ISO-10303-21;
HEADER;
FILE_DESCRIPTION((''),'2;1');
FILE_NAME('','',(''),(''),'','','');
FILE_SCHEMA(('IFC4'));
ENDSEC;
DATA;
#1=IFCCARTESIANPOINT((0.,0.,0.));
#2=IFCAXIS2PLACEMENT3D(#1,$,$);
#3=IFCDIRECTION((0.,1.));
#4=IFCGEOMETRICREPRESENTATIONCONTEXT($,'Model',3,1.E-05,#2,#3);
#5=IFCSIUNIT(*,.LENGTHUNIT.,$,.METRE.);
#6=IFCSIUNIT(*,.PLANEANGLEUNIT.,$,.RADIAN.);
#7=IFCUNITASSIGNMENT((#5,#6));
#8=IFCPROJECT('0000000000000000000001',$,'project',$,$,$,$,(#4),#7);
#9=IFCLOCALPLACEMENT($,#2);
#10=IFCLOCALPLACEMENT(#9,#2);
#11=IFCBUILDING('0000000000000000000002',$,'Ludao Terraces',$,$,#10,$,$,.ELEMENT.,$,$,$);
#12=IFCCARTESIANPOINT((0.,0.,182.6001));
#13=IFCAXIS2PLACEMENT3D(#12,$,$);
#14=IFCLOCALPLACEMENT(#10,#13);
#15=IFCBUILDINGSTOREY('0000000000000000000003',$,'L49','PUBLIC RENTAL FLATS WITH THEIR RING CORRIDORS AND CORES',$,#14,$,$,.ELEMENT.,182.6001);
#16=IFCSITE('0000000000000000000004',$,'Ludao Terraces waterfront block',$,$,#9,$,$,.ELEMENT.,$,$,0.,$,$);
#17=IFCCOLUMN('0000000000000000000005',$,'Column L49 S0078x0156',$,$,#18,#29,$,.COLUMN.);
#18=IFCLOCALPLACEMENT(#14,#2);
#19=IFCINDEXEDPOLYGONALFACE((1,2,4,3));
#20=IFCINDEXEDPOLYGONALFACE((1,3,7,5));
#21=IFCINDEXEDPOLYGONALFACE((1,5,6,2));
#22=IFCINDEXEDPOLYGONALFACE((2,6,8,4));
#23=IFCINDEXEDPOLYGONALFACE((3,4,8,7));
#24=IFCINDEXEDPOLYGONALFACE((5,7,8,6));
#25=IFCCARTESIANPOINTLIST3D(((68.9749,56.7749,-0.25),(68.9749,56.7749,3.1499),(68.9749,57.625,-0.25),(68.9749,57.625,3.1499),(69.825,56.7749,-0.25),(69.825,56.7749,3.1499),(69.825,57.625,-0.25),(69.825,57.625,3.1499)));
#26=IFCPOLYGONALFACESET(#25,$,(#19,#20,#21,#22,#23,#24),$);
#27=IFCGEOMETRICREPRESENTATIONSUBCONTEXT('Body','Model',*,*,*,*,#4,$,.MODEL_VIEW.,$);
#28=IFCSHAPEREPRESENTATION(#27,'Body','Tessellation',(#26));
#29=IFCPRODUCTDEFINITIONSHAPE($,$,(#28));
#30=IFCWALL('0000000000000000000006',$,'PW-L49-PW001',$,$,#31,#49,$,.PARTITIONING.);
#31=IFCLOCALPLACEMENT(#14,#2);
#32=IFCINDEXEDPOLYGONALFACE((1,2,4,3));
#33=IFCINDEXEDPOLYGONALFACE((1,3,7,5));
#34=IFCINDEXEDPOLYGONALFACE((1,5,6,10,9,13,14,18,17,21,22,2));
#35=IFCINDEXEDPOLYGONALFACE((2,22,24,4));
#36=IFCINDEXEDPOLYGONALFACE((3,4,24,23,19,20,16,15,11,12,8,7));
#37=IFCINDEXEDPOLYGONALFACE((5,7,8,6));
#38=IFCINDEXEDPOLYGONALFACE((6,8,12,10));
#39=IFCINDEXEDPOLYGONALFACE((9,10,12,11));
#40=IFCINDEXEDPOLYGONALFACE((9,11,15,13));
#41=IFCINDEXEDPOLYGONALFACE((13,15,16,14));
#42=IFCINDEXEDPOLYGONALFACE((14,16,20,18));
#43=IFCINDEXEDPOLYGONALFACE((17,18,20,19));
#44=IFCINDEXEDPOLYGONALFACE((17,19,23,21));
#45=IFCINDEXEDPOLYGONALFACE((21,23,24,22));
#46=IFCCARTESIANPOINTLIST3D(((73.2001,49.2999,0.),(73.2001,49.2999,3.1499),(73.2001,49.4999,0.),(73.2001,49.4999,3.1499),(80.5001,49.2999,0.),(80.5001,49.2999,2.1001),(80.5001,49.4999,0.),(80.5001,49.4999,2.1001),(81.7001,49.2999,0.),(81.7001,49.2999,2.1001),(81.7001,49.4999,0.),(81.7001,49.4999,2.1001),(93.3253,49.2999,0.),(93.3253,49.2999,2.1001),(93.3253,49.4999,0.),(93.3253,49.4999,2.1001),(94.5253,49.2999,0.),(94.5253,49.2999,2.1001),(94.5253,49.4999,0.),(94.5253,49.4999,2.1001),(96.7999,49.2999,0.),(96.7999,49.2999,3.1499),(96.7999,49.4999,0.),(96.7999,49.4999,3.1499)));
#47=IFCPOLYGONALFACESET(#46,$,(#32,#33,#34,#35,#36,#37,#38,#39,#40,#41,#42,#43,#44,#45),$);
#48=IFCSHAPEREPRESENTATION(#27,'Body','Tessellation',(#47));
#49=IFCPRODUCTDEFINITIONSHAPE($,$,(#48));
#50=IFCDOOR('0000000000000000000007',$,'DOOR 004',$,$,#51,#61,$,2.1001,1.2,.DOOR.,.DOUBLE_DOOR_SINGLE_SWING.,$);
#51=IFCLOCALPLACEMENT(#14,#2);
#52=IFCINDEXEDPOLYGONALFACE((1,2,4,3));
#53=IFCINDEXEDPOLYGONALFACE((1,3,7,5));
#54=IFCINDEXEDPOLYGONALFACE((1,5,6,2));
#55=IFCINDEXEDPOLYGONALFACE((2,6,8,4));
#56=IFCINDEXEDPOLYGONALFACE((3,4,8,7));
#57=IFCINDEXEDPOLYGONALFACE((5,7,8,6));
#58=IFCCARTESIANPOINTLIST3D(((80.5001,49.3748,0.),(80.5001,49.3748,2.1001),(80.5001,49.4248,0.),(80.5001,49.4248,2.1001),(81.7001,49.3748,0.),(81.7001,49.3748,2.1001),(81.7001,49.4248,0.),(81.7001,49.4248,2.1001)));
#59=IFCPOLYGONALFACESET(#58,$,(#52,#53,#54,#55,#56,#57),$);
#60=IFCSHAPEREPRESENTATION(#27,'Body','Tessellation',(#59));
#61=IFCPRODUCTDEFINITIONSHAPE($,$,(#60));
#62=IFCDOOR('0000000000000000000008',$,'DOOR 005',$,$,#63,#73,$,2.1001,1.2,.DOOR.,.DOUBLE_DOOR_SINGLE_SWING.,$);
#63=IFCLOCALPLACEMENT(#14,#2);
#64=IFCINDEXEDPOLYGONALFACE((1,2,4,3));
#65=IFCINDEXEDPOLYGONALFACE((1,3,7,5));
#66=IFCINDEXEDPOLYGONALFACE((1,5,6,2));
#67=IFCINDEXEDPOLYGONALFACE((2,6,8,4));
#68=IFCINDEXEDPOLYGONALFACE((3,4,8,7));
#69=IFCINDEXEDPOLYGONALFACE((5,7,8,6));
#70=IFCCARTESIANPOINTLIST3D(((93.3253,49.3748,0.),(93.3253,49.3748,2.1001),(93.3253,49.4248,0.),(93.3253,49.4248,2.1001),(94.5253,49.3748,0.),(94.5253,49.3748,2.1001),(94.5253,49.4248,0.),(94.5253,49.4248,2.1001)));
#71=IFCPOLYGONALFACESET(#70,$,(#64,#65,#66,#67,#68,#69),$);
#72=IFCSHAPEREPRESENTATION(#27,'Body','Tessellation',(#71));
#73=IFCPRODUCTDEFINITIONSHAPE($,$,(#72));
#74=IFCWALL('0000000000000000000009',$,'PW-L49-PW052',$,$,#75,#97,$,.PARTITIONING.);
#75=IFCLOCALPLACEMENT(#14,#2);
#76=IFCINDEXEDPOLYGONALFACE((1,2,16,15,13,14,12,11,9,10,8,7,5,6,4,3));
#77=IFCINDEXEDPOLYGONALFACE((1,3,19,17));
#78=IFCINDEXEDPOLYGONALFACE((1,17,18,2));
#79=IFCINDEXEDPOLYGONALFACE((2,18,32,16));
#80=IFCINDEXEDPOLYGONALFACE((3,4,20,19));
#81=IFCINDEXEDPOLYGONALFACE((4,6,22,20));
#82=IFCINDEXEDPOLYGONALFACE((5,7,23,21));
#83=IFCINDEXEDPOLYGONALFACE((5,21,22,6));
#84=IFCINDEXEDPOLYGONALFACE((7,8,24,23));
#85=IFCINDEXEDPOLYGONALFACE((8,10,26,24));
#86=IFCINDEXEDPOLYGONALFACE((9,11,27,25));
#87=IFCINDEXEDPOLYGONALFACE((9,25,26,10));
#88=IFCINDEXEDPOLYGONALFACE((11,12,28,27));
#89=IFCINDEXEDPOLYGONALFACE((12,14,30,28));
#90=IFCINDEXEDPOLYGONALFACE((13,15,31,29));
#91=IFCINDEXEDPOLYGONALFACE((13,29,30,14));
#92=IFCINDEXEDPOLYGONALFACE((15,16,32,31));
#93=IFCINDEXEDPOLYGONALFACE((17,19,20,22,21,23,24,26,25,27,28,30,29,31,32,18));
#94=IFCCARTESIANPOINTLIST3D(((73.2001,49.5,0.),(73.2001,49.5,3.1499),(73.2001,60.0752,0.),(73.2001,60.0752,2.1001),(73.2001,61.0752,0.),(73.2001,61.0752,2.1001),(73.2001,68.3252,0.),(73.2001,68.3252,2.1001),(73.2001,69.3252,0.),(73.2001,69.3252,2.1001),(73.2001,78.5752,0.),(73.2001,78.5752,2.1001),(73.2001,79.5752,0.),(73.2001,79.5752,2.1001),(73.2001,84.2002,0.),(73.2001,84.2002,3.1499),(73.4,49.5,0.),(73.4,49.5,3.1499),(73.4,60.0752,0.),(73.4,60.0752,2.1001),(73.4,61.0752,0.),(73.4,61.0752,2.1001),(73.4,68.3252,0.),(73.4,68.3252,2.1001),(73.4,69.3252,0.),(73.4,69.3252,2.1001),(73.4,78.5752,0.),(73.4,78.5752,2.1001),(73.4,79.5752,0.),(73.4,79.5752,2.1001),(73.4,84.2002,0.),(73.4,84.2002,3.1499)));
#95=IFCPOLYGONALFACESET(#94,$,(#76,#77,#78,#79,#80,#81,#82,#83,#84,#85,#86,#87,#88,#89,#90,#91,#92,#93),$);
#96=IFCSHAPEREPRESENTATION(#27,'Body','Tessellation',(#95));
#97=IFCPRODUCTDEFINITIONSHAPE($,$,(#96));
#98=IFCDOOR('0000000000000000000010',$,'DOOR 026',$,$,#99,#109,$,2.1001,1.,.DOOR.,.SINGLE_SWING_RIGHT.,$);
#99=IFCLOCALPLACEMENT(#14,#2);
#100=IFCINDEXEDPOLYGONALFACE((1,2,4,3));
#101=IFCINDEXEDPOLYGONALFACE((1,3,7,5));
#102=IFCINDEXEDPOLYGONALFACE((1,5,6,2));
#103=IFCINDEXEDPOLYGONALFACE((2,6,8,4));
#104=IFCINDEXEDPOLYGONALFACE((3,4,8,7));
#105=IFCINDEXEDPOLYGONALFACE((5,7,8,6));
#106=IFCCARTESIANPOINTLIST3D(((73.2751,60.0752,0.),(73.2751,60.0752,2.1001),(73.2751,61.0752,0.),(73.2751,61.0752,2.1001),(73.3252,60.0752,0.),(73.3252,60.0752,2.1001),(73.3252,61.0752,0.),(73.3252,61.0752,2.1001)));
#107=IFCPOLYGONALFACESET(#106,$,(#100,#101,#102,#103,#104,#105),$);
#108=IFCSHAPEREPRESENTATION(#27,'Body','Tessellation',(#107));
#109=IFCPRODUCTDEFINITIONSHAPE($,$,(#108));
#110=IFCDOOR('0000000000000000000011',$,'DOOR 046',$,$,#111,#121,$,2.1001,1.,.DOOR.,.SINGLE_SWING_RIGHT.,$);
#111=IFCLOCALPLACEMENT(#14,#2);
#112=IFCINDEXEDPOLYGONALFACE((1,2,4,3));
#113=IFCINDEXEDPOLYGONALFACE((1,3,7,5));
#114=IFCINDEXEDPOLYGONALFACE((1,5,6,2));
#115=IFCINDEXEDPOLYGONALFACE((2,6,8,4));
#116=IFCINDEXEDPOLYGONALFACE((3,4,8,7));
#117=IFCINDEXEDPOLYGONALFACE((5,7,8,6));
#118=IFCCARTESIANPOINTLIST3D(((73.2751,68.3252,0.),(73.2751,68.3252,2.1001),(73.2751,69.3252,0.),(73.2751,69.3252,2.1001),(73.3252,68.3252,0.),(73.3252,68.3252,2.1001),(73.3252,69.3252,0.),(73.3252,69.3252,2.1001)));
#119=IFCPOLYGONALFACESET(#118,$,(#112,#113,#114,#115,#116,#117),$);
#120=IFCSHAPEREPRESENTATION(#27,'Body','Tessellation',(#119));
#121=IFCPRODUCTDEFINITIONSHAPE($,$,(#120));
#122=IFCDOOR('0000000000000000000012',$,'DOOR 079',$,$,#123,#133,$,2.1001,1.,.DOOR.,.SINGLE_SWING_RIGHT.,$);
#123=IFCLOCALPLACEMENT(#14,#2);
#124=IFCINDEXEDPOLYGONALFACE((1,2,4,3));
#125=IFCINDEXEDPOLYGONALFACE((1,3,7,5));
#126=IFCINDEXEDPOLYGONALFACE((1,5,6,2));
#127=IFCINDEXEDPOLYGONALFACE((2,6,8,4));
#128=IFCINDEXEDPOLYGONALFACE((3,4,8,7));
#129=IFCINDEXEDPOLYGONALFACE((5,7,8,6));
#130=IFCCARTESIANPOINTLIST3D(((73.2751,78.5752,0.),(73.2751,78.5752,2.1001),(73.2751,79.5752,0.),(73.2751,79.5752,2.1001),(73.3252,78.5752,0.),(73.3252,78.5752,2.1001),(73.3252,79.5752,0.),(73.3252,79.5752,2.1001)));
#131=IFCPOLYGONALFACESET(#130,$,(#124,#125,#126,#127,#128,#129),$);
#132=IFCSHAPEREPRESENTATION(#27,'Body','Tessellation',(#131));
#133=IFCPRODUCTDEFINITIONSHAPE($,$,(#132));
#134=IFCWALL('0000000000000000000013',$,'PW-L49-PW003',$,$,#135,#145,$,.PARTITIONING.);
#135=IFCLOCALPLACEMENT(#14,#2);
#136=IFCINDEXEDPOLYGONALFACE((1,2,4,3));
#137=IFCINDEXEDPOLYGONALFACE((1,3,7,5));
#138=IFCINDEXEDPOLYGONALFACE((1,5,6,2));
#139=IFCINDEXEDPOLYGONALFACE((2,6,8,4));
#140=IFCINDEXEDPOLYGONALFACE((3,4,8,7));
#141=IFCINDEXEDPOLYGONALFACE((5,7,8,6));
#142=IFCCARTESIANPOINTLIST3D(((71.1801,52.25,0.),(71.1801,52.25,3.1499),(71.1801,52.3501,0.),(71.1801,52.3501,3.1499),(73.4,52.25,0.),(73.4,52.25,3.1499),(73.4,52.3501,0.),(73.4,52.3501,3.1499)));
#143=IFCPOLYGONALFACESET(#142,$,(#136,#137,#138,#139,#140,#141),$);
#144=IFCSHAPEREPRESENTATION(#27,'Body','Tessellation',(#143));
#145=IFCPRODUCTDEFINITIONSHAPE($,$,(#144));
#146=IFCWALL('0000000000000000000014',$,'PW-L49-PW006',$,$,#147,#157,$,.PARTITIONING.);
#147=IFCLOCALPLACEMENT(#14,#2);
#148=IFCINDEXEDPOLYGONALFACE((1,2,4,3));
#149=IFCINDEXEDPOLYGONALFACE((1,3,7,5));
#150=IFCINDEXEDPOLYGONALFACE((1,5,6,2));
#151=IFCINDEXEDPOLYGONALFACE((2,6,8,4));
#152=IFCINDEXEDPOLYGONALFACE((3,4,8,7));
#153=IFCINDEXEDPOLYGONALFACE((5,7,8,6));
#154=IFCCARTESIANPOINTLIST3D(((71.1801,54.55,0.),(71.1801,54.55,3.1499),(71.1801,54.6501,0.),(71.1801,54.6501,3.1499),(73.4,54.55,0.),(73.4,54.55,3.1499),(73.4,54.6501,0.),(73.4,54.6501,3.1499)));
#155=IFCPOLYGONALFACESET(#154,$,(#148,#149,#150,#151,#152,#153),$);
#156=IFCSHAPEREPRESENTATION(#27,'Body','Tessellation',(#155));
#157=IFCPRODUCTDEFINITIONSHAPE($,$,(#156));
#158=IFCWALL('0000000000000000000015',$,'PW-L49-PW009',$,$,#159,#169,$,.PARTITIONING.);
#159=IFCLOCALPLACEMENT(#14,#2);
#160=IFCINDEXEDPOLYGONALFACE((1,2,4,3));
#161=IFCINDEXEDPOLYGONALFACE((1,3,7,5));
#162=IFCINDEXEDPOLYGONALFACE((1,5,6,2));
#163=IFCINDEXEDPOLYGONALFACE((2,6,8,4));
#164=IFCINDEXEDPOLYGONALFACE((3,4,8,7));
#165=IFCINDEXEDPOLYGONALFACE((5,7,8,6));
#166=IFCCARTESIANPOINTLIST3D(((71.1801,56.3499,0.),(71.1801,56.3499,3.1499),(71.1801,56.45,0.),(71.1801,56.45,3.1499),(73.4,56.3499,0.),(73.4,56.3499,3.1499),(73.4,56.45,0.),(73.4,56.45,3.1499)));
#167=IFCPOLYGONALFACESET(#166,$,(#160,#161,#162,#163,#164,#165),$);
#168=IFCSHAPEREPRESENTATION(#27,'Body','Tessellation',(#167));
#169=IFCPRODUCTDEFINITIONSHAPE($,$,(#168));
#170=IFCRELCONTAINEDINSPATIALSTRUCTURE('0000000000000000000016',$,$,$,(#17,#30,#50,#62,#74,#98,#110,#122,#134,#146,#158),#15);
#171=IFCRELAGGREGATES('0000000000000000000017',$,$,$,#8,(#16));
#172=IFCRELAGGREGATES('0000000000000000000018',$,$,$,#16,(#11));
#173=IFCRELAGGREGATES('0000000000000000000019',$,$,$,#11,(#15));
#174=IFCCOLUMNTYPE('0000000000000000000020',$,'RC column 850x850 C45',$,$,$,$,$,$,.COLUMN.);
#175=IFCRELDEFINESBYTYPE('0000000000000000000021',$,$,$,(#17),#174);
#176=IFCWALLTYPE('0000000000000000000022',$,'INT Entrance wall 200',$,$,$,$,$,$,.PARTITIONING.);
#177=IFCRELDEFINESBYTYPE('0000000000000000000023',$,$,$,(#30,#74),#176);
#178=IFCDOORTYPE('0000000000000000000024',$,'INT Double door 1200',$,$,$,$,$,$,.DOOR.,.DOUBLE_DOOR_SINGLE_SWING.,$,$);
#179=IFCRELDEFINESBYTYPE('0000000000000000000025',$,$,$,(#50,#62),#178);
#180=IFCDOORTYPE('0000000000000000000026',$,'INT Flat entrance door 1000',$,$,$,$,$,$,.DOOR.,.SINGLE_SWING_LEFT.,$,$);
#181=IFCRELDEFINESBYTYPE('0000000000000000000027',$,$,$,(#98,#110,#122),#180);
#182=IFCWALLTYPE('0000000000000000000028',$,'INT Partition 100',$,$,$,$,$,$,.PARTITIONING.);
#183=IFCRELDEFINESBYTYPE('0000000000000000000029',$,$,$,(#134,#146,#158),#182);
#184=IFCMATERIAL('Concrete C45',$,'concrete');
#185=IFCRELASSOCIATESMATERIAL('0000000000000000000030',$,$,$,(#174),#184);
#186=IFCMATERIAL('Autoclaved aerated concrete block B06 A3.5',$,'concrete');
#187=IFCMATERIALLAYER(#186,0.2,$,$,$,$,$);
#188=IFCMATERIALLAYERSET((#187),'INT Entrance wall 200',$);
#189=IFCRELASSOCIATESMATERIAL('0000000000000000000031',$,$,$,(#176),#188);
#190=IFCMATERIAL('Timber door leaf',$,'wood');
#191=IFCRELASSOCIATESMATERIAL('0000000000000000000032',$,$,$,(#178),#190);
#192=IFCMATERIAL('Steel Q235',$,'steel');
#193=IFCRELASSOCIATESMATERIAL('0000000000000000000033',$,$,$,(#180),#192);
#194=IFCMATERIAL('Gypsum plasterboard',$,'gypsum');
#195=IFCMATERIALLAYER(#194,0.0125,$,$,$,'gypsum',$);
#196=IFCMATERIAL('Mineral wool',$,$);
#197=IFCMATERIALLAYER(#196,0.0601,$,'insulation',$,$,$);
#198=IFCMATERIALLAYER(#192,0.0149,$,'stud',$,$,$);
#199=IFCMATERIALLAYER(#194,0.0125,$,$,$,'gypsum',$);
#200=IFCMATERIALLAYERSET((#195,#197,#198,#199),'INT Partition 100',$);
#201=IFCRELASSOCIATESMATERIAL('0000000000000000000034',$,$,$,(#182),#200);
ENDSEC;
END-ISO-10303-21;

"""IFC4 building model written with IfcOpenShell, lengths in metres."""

from ifc_helpers import new_model, si_unit, direction, frame, frame_2d, origin, origin_2d, place, context, subcontext, project, spatial, rectangle, extrude, material, layer, layer_set, material_profile, profile_set, type_object, element, fill, save


model = new_model("IFC4")

# Units and contexts
model_context = context("Model", 3, precision=1e-05, world=origin(), true_north=direction((0.0, 1.0)))
body_context = subcontext(model_context, "Body", "Model", "MODEL_VIEW")
ifc_project = project(units=[si_unit("LENGTHUNIT", "METRE"), si_unit("PLANEANGLEUNIT", "RADIAN")], contexts=[model_context])

# Site, building, storey
site_placement = place(None, origin())
site = spatial("IfcSite", under=ifc_project, at=site_placement, Name="Ludao Terraces waterfront block", CompositionType="ELEMENT", RefElevation=0.0)
building_placement = place(site_placement, origin())
building = spatial("IfcBuilding", under=site, at=building_placement, Name="Ludao Terraces", CompositionType="ELEMENT")
storey_placement = place(building_placement, frame((0.0, 0.0, 182.6001)))
storey = spatial("IfcBuildingStorey", under=building, at=storey_placement, Name="L49", Description="PUBLIC RENTAL FLATS WITH THEIR RING CORRIDORS AND CORES", CompositionType="ELEMENT", Elevation=182.6001)

# Column
ifc_material_1 = material(Name="Concrete C45", Category="concrete")
ifc_material_profile = material_profile(ifc_material_1, rectangle(XDim=0.8501, YDim=0.8501, at=origin_2d()), Name="850 X 850")
ifc_profile_set = profile_set([ifc_material_profile], Name="Concrete C45")
column_type = type_object("IfcColumnType", Name="RC column 850x850 C45", PredefinedType="COLUMN", material=ifc_profile_set)
column_placement = place(storey_placement, frame((69.3999, 57.2, -0.25), z_axis=(0.0, 0.0, 1.0), x_axis=(1.0, 0.0, 0.0)))
element("IfcColumn", 1, at=column_placement, inside=storey, type_object=column_type, Name="Column L49 S0078x0156", PredefinedType="COLUMN", context=body_context, shape_type="SweptSolid", body=[
    extrude(rectangle(XDim=0.8501, YDim=0.8501, at=origin_2d()), origin(), (0.0, 0.0, 1.0), 3.3999),
])

# Walls, openings, doors
ifc_material_2 = material(Name="Autoclaved aerated concrete block B06 A3.5", Category="concrete")
ifc_layer_1 = layer(ifc_material_2, 0.2)
ifc_layer_set_1 = layer_set([ifc_layer_1], Name="INT Entrance wall 200")
wall_type_1 = type_object("IfcWallType", Name="INT Entrance wall 200", PredefinedType="PARTITIONING", material=ifc_layer_set_1)
wall_1_placement = place(storey_placement, frame((73.2002, 49.3999, 0.0), z_axis=(0.0, 0.0, 1.0), x_axis=(1.0, 0.0, 0.0)))
wall_1 = element("IfcWall", 2, at=wall_1_placement, inside=storey, type_object=wall_type_1, Name="PW-L49-PW001", PredefinedType="PARTITIONING", context=body_context, shape_type="SweptSolid", body=[
    extrude(rectangle(XDim=23.5999, YDim=0.2, at=frame_2d((11.7998, 0.0))), origin(), (0.0, 0.0, 1.0), 3.1499),
])
opening_1_placement = place(wall_1_placement, frame((7.2998, 0.0, 0.0)))
opening_1 = element("IfcOpeningElement", 3, at=opening_1_placement, cuts=wall_1, PredefinedType="OPENING", context=body_context, shape_type="SweptSolid", body=[
    extrude(rectangle(XDim=1.2, YDim=2.1001, at=frame_2d((0.6001, 1.05))), frame((0.0, 0.1099, 0.0), z_axis=(0.0, -1.0, 0.0), x_axis=(1.0, 0.0, 0.0)), (0.0, 0.0, 1.0), 0.22),
])
opening_2_placement = place(wall_1_placement, frame((20.125, 0.0, 0.0)))
opening_2 = element("IfcOpeningElement", 4, at=opening_2_placement, cuts=wall_1, PredefinedType="OPENING", context=body_context, shape_type="SweptSolid", body=[
    extrude(rectangle(XDim=1.2, YDim=2.1001, at=frame_2d((0.6001, 1.05))), frame((0.0, 0.1099, 0.0), z_axis=(0.0, -1.0, 0.0), x_axis=(1.0, 0.0, 0.0)), (0.0, 0.0, 1.0), 0.22),
])
ifc_material_3 = material(Name="Timber door leaf", Category="wood")
door_type_1 = type_object("IfcDoorType", Name="INT Double door 1200", OperationType="DOUBLE_DOOR_SINGLE_SWING", PredefinedType="DOOR", material=ifc_material_3)
door_1_placement = place(opening_1_placement, origin())
door_1 = element("IfcDoor", 5, at=door_1_placement, inside=storey, type_object=door_type_1, Name="DOOR 004", OperationType="DOUBLE_DOOR_SINGLE_SWING", OverallHeight=2.1001, OverallWidth=1.2, PredefinedType="DOOR", context=body_context, shape_type="SweptSolid", body=[
    extrude(rectangle(XDim=1.2, YDim=2.1001, at=frame_2d((0.6001, 1.05))), frame((0.0, 0.0249, 0.0), z_axis=(0.0, -1.0, 0.0), x_axis=(1.0, 0.0, 0.0)), (0.0, 0.0, 1.0), 0.05),
])
fill(opening_1, door_1)
door_2_placement = place(opening_2_placement, origin())
door_2 = element("IfcDoor", 6, at=door_2_placement, inside=storey, type_object=door_type_1, Name="DOOR 005", OperationType="DOUBLE_DOOR_SINGLE_SWING", OverallHeight=2.1001, OverallWidth=1.2, PredefinedType="DOOR", context=body_context, shape_type="SweptSolid", body=[
    extrude(rectangle(XDim=1.2, YDim=2.1001, at=frame_2d((0.6001, 1.05))), frame((0.0, 0.0249, 0.0), z_axis=(0.0, -1.0, 0.0), x_axis=(1.0, 0.0, 0.0)), (0.0, 0.0, 1.0), 0.05),
])
fill(opening_2, door_2)
wall_2_placement = place(storey_placement, frame((73.3, 49.5, 0.0), z_axis=(0.0, 0.0, 1.0), x_axis=(0.0, 1.0, 0.0)))
wall_2 = element("IfcWall", 7, at=wall_2_placement, inside=storey, type_object=wall_type_1, Name="PW-L49-PW052", PredefinedType="PARTITIONING", context=body_context, shape_type="SweptSolid", body=[
    extrude(rectangle(XDim=34.7002, YDim=0.2, at=frame_2d((17.3501, 0.0))), origin(), (0.0, 0.0, 1.0), 3.1499),
])
opening_3_placement = place(wall_2_placement, frame((10.5752, 0.0, 0.0)))
opening_3 = element("IfcOpeningElement", 8, at=opening_3_placement, cuts=wall_2, PredefinedType="OPENING", context=body_context, shape_type="SweptSolid", body=[
    extrude(rectangle(XDim=1.0, YDim=2.1001, at=frame_2d((0.5, 1.05))), frame((0.0, 0.1099, 0.0), z_axis=(0.0, -1.0, 0.0), x_axis=(1.0, 0.0, 0.0)), (0.0, 0.0, 1.0), 0.22),
])
opening_4_placement = place(wall_2_placement, frame((18.8252, 0.0, 0.0)))
opening_4 = element("IfcOpeningElement", 9, at=opening_4_placement, cuts=wall_2, PredefinedType="OPENING", context=body_context, shape_type="SweptSolid", body=[
    extrude(rectangle(XDim=1.0, YDim=2.1001, at=frame_2d((0.5, 1.05))), frame((0.0, 0.1099, 0.0), z_axis=(0.0, -1.0, 0.0), x_axis=(1.0, 0.0, 0.0)), (0.0, 0.0, 1.0), 0.22),
])
opening_5_placement = place(wall_2_placement, frame((29.0752, 0.0, 0.0)))
opening_5 = element("IfcOpeningElement", 10, at=opening_5_placement, cuts=wall_2, PredefinedType="OPENING", context=body_context, shape_type="SweptSolid", body=[
    extrude(rectangle(XDim=1.0, YDim=2.1001, at=frame_2d((0.5, 1.05))), frame((0.0, 0.1099, 0.0), z_axis=(0.0, -1.0, 0.0), x_axis=(1.0, 0.0, 0.0)), (0.0, 0.0, 1.0), 0.22),
])
ifc_material_4 = material(Name="Steel Q235", Category="steel")
door_type_2 = type_object("IfcDoorType", Name="INT Flat entrance door 1000", OperationType="SINGLE_SWING_LEFT", PredefinedType="DOOR", material=ifc_material_4)
door_3_placement = place(opening_3_placement, origin())
door_3 = element("IfcDoor", 11, at=door_3_placement, inside=storey, type_object=door_type_2, Name="DOOR 026", OperationType="SINGLE_SWING_RIGHT", OverallHeight=2.1001, OverallWidth=1.0, PredefinedType="DOOR", context=body_context, shape_type="SweptSolid", body=[
    extrude(rectangle(XDim=1.0, YDim=2.1001, at=frame_2d((0.5, 1.05))), frame((0.0, 0.0249, 0.0), z_axis=(0.0, -1.0, 0.0), x_axis=(1.0, 0.0, 0.0)), (0.0, 0.0, 1.0), 0.05),
])
fill(opening_3, door_3)
door_4_placement = place(opening_4_placement, origin())
door_4 = element("IfcDoor", 12, at=door_4_placement, inside=storey, type_object=door_type_2, Name="DOOR 046", OperationType="SINGLE_SWING_RIGHT", OverallHeight=2.1001, OverallWidth=1.0, PredefinedType="DOOR", context=body_context, shape_type="SweptSolid", body=[
    extrude(rectangle(XDim=1.0, YDim=2.1001, at=frame_2d((0.5, 1.05))), frame((0.0, 0.0249, 0.0), z_axis=(0.0, -1.0, 0.0), x_axis=(1.0, 0.0, 0.0)), (0.0, 0.0, 1.0), 0.05),
])
fill(opening_4, door_4)
door_5_placement = place(opening_5_placement, origin())
door_5 = element("IfcDoor", 13, at=door_5_placement, inside=storey, type_object=door_type_2, Name="DOOR 079", OperationType="SINGLE_SWING_RIGHT", OverallHeight=2.1001, OverallWidth=1.0, PredefinedType="DOOR", context=body_context, shape_type="SweptSolid", body=[
    extrude(rectangle(XDim=1.0, YDim=2.1001, at=frame_2d((0.5, 1.05))), frame((0.0, 0.0249, 0.0), z_axis=(0.0, -1.0, 0.0), x_axis=(1.0, 0.0, 0.0)), (0.0, 0.0, 1.0), 0.05),
])
fill(opening_5, door_5)

# Walls
ifc_material_5 = material(Name="Gypsum plasterboard", Category="gypsum")
ifc_layer_2 = layer(ifc_material_5, 0.0125, Category="gypsum")
ifc_material_6 = material(Name="Mineral wool")
ifc_layer_3 = layer(ifc_material_6, 0.0601, Name="insulation")
ifc_layer_4 = layer(ifc_material_4, 0.0149, Name="stud")
ifc_layer_5 = layer(ifc_material_5, 0.0125, Category="gypsum")
ifc_layer_set_2 = layer_set([ifc_layer_2, ifc_layer_3, ifc_layer_4, ifc_layer_5], Name="INT Partition 100")
wall_type_2 = type_object("IfcWallType", Name="INT Partition 100", PredefinedType="PARTITIONING", material=ifc_layer_set_2)
for number, where, z_axis, x_axis, name in (
    (14, (71.1802, 52.3, 0.0), (0.0, 0.0, 1.0), (1.0, 0.0, 0.0), "PW-L49-PW003"),
    (15, (71.1802, 54.6001, 0.0), (0.0, 0.0, 1.0), (1.0, 0.0, 0.0), "PW-L49-PW006"),
    (16, (71.1802, 56.3999, 0.0), (0.0, 0.0, 1.0), (1.0, 0.0, 0.0), "PW-L49-PW009"),
):
    element("IfcWall", number, at=place(storey_placement, frame(where, z_axis=z_axis, x_axis=x_axis)), inside=storey, type_object=wall_type_2, Name=name, PredefinedType="PARTITIONING", context=body_context, shape_type="SweptSolid", body=[
        extrude(rectangle(XDim=2.22, YDim=0.1001, at=frame_2d((1.1099, 0.0))), origin(), (0.0, 0.0, 1.0), 3.1499),
    ])

save(model, "model.ifc")
